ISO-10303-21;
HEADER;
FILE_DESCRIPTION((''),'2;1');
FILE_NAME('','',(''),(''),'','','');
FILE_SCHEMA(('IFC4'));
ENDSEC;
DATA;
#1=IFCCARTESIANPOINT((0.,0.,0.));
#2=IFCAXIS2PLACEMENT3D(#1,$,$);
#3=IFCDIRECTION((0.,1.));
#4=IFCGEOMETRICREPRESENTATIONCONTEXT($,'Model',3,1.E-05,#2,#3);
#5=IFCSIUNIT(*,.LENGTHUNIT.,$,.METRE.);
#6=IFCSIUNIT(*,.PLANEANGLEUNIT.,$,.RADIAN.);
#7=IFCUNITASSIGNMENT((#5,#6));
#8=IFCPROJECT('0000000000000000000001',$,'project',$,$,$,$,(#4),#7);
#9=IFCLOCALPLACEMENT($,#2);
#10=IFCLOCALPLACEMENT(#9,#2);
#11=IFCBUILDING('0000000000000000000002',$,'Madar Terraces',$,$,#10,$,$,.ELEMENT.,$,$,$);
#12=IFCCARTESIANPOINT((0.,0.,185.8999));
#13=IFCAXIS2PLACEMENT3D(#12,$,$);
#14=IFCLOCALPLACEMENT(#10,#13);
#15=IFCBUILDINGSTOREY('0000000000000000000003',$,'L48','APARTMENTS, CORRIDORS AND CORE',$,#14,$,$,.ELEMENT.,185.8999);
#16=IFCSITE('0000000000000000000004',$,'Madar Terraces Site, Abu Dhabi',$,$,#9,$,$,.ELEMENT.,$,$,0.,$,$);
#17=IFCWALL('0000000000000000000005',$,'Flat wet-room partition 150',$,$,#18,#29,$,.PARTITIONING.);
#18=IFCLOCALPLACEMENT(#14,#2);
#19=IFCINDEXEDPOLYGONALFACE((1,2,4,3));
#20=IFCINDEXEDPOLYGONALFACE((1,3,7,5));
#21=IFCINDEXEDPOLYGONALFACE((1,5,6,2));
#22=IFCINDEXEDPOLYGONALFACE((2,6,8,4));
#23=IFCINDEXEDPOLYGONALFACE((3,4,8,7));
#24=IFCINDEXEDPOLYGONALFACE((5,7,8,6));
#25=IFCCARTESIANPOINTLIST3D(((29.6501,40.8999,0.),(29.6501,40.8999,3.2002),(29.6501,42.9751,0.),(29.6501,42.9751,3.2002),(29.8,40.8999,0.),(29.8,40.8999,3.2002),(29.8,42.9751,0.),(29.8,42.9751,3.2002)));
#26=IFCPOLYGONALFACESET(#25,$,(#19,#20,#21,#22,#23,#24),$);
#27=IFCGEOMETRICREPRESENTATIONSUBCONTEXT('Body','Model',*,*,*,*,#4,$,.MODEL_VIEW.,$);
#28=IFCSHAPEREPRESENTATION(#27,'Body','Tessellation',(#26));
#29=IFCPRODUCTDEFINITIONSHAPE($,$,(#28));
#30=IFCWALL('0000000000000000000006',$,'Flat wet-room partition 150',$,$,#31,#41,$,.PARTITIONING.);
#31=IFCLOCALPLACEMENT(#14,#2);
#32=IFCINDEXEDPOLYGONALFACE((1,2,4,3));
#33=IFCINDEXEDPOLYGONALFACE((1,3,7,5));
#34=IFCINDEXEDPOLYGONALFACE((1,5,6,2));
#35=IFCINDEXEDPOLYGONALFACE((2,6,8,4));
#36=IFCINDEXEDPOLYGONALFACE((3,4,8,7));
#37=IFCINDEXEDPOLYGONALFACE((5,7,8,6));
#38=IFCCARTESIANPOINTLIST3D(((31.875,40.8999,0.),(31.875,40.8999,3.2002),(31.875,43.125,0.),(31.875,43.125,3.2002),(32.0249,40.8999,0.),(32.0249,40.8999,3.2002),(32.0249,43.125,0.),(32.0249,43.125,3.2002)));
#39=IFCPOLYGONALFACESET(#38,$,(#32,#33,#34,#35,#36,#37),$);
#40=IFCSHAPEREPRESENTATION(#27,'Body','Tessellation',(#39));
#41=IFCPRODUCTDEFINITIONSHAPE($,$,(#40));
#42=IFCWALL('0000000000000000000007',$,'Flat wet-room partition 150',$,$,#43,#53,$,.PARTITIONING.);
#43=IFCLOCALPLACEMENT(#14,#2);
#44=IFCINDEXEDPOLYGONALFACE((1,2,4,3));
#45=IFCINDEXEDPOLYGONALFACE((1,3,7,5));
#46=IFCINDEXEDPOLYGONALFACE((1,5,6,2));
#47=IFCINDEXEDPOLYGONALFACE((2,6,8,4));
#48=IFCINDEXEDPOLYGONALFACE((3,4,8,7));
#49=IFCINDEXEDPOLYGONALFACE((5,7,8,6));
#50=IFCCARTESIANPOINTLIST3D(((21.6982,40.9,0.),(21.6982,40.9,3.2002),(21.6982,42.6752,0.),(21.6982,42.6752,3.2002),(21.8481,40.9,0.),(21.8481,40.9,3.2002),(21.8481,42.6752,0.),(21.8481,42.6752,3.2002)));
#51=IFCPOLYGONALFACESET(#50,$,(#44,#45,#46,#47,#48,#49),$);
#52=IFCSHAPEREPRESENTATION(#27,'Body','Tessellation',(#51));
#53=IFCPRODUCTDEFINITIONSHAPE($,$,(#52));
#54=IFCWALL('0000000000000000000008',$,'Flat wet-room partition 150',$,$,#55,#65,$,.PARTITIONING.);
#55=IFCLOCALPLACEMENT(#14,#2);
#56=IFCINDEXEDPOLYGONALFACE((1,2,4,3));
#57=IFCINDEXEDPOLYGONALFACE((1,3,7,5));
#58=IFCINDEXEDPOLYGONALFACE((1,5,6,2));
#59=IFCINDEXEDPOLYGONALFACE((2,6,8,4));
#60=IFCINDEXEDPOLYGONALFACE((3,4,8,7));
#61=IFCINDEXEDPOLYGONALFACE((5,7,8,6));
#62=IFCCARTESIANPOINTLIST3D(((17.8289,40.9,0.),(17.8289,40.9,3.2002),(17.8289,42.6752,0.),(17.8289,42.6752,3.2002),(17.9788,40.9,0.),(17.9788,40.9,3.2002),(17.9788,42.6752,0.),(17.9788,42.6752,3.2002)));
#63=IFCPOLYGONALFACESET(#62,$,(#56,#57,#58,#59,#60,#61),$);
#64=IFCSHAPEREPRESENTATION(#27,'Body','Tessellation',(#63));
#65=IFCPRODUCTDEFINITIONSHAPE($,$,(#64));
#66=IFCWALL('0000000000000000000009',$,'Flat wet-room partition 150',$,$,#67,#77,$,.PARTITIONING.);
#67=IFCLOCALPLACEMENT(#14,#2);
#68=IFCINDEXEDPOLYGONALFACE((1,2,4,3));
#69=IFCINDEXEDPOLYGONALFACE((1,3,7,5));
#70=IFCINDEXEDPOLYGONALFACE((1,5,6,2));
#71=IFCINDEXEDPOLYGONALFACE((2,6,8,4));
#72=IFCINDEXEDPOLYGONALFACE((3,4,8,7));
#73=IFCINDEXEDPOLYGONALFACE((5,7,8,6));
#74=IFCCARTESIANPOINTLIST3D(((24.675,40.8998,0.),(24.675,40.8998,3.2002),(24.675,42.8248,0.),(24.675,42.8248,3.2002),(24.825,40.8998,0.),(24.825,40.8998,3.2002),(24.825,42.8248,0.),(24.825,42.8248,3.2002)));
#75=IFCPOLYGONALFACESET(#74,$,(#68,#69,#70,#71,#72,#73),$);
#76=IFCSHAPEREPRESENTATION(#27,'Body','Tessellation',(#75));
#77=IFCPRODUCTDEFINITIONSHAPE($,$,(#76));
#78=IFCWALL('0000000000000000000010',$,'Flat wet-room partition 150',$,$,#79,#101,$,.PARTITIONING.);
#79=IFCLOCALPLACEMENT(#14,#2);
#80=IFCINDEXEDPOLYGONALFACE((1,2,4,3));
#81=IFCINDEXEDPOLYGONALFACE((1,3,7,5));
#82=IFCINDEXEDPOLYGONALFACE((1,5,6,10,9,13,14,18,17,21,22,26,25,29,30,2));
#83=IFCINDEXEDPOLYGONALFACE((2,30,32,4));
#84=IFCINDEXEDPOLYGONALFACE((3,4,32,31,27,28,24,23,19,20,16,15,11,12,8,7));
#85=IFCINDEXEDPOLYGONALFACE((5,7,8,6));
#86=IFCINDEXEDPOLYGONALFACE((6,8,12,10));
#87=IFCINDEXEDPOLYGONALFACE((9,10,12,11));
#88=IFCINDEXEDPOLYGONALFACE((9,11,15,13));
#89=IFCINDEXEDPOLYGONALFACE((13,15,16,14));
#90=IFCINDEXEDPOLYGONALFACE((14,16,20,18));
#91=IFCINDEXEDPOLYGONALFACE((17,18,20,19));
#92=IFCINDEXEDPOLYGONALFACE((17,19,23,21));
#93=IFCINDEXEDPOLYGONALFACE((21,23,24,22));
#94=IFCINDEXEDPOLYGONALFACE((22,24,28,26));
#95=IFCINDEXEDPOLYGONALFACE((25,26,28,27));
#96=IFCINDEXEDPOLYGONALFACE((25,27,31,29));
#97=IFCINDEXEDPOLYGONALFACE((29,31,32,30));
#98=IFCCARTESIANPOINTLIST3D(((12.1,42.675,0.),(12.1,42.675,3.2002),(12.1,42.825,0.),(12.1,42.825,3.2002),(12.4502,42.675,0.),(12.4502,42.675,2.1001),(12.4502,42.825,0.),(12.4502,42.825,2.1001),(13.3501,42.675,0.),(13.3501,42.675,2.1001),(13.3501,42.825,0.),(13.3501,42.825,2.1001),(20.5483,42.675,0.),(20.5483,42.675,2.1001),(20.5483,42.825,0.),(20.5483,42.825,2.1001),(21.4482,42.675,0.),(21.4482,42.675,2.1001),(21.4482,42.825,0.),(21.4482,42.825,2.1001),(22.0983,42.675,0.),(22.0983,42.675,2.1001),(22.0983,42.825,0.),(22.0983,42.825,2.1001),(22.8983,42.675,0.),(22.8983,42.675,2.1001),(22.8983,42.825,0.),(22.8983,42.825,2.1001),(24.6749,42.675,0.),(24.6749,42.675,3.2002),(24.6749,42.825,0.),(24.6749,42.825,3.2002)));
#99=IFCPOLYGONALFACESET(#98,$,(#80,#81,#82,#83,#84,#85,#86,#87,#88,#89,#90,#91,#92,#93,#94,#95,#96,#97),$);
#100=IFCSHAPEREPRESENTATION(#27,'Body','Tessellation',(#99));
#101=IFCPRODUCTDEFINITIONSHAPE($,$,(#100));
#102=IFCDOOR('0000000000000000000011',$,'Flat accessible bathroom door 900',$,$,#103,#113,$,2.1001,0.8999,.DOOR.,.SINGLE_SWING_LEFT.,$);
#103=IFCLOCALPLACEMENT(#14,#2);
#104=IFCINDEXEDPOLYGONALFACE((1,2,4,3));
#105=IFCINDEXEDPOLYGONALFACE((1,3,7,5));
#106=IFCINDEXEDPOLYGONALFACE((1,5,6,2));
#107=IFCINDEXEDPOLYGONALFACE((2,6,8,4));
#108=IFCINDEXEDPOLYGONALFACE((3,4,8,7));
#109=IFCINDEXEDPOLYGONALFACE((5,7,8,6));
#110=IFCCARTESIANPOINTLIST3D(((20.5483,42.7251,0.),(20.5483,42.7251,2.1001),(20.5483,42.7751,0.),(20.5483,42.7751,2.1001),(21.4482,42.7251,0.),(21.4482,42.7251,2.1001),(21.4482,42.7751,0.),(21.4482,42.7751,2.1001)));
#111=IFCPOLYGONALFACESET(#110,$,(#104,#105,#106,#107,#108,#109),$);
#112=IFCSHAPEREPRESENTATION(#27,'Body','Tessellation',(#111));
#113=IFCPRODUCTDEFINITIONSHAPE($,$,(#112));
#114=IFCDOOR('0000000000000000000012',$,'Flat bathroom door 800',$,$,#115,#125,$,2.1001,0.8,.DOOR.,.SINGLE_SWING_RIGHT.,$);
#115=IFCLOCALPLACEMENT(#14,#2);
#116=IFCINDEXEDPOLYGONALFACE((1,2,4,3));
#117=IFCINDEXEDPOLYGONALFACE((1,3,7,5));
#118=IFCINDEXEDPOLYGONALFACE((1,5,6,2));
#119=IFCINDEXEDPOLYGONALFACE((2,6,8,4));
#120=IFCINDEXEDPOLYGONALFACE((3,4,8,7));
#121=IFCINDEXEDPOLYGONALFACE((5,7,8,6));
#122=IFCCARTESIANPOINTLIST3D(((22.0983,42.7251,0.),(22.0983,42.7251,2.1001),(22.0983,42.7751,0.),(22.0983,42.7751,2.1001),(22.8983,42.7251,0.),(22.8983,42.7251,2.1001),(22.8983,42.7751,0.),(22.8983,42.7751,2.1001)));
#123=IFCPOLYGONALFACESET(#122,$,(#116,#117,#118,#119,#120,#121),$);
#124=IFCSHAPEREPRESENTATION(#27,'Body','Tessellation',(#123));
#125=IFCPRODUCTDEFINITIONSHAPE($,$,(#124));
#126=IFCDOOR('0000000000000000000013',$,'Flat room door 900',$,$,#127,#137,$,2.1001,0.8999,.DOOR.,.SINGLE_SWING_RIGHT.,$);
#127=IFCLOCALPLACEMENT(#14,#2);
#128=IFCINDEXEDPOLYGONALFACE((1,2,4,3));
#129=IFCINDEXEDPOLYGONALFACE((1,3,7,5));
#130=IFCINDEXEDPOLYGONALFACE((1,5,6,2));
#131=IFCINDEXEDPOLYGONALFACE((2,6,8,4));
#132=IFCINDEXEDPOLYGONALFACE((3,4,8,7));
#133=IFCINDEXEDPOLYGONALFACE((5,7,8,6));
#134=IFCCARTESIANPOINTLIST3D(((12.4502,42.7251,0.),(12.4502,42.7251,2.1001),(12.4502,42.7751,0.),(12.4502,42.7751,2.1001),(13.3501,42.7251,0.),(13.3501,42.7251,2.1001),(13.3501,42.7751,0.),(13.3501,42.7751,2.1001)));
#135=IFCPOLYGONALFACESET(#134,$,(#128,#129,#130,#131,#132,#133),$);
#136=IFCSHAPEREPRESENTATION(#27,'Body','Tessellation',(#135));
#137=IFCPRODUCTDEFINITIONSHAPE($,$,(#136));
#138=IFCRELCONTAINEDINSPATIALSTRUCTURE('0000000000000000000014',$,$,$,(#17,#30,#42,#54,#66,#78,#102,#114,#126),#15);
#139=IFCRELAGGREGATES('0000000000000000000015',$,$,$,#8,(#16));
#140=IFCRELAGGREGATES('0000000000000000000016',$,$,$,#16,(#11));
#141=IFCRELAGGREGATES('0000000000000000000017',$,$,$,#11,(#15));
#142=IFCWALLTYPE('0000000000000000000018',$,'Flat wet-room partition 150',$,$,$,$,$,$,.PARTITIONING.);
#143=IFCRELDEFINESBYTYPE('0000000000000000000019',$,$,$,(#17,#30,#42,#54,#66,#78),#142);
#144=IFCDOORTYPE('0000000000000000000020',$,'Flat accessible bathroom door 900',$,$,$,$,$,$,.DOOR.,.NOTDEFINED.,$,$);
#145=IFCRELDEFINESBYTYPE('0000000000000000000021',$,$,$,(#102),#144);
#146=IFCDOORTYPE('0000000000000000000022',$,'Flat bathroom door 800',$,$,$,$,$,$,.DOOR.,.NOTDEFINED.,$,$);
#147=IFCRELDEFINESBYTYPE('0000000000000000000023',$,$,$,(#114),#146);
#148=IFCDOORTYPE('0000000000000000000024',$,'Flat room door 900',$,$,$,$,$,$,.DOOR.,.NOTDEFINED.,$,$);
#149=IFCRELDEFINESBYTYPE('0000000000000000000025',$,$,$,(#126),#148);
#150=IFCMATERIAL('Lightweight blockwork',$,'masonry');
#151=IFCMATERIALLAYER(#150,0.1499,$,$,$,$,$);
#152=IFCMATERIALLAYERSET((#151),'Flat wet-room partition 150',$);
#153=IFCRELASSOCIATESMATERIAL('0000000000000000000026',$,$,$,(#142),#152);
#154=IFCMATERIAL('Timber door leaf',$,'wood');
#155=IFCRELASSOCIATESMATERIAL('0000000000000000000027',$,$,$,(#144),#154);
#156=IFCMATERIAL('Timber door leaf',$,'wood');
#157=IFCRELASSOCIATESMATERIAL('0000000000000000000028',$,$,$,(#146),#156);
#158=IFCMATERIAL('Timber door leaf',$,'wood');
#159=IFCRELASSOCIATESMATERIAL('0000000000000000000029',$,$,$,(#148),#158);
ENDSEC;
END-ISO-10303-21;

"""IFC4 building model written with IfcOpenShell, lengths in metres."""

from ifc_helpers import new_model, si_unit, direction, frame, frame_2d, origin, place, context, subcontext, project, spatial, rectangle, extrude, material, layer, layer_set, type_object, element, fill, save


model = new_model("IFC4")

# Units and contexts
model_context = context("Model", 3, precision=1e-05, world=origin(), true_north=direction((0.0, 1.0)))
body_context = subcontext(model_context, "Body", "Model", "MODEL_VIEW")
ifc_project = project(units=[si_unit("LENGTHUNIT", "METRE"), si_unit("PLANEANGLEUNIT", "RADIAN")], contexts=[model_context])

# Site, building, storey
site_placement = place(None, origin())
site = spatial("IfcSite", under=ifc_project, at=site_placement, Name="Madar Terraces Site, Abu Dhabi", CompositionType="ELEMENT", RefElevation=0.0)
building_placement = place(site_placement, origin())
building = spatial("IfcBuilding", under=site, at=building_placement, Name="Madar Terraces", CompositionType="ELEMENT")
storey_placement = place(building_placement, frame((0.0, 0.0, 185.8999)))
storey = spatial("IfcBuildingStorey", under=building, at=storey_placement, Name="L48", Description="APARTMENTS, CORRIDORS AND CORE", CompositionType="ELEMENT", Elevation=185.8999)

# Walls
ifc_material_1 = material(Name="Lightweight blockwork", Category="masonry")
ifc_layer_1 = layer(ifc_material_1, 0.1499)
ifc_layer_set_1 = layer_set([ifc_layer_1], Name="Flat wet-room partition 150")
wall_type_1 = type_object("IfcWallType", Name="Flat wet-room partition 150", PredefinedType="PARTITIONING", material=ifc_layer_set_1)
wall_1_placement = place(storey_placement, frame((29.7251, 40.8999, 0.0), z_axis=(0.0, 0.0, 1.0), x_axis=(0.0, 1.0, 0.0)))
element("IfcWall", 1, at=wall_1_placement, inside=storey, type_object=wall_type_1, Name="Flat wet-room partition 150", PredefinedType="PARTITIONING", context=body_context, shape_type="SweptSolid", body=[
    extrude(rectangle(XDim=2.0752, YDim=0.1499, at=frame_2d((1.0376, 0.0))), origin(), (0.0, 0.0, 1.0), 3.2002),
])
wall_2_placement = place(storey_placement, frame((31.95, 40.8999, 0.0), z_axis=(0.0, 0.0, 1.0), x_axis=(0.0, 1.0, 0.0)))
element("IfcWall", 2, at=wall_2_placement, inside=storey, type_object=wall_type_1, Name="Flat wet-room partition 150", PredefinedType="PARTITIONING", context=body_context, shape_type="SweptSolid", body=[
    extrude(rectangle(XDim=2.2251, YDim=0.1499, at=frame_2d((1.1125, 0.0))), origin(), (0.0, 0.0, 1.0), 3.2002),
])
for number, where, z_axis, x_axis, name in (
    (3, (21.7732, 40.8999, 0.0), (0.0, 0.0, 1.0), (0.0, 1.0, 0.0), "Flat wet-room partition 150"),
    (4, (17.9038, 40.8999, 0.0), (0.0, 0.0, 1.0), (0.0, 1.0, 0.0), "Flat wet-room partition 150"),
):
    element("IfcWall", number, at=place(storey_placement, frame(where, z_axis=z_axis, x_axis=x_axis)), inside=storey, type_object=wall_type_1, Name=name, PredefinedType="PARTITIONING", context=body_context, shape_type="SweptSolid", body=[
        extrude(rectangle(XDim=1.7751, YDim=0.1499, at=frame_2d((0.8877, 0.0))), origin(), (0.0, 0.0, 1.0), 3.2002),
    ])
wall_3_placement = place(storey_placement, frame((24.75, 40.8999, 0.0), z_axis=(0.0, 0.0, 1.0), x_axis=(0.0, 1.0, 0.0)))
element("IfcWall", 5, at=wall_3_placement, inside=storey, type_object=wall_type_1, Name="Flat wet-room partition 150", PredefinedType="PARTITIONING", context=body_context, shape_type="SweptSolid", body=[
    extrude(rectangle(XDim=1.925, YDim=0.1499, at=frame_2d((0.9624, 0.0))), origin(), (0.0, 0.0, 1.0), 3.2002),
])

# Wall, openings, doors
wall_4_placement = place(storey_placement, frame((24.675, 42.75, 0.0), z_axis=(0.0, 0.0, 1.0), x_axis=(-1.0, 0.0, 0.0)))
wall_4 = element("IfcWall", 6, at=wall_4_placement, inside=storey, type_object=wall_type_1, Name="Flat wet-room partition 150", PredefinedType="PARTITIONING", context=body_context, shape_type="SweptSolid", body=[
    extrude(rectangle(XDim=12.575, YDim=0.1499, at=frame_2d((6.2876, 0.0))), origin(), (0.0, 0.0, 1.0), 3.2002),
])
opening_1_placement = place(wall_4_placement, frame((1.7769, 0.0, 0.0)))
opening_1 = element("IfcOpeningElement", 7, at=opening_1_placement, cuts=wall_4, PredefinedType="OPENING", context=body_context, shape_type="SweptSolid", body=[
    extrude(rectangle(XDim=0.8, YDim=2.1001, at=frame_2d((0.3999, 1.05))), frame((0.0, 0.085, 0.0), z_axis=(0.0, -1.0, 0.0), x_axis=(1.0, 0.0, 0.0)), (0.0, 0.0, 1.0), 0.1699),
])
opening_2_placement = place(wall_4_placement, frame((3.2268, 0.0, 0.0)))
opening_2 = element("IfcOpeningElement", 8, at=opening_2_placement, cuts=wall_4, PredefinedType="OPENING", context=body_context, shape_type="SweptSolid", body=[
    extrude(rectangle(XDim=0.8999, YDim=2.1001, at=frame_2d((0.45, 1.05))), frame((0.0, 0.085, 0.0), z_axis=(0.0, -1.0, 0.0), x_axis=(1.0, 0.0, 0.0)), (0.0, 0.0, 1.0), 0.1699),
])
opening_3_placement = place(wall_4_placement, frame((11.325, 0.0, 0.0)))
opening_3 = element("IfcOpeningElement", 9, at=opening_3_placement, cuts=wall_4, PredefinedType="OPENING", context=body_context, shape_type="SweptSolid", body=[
    extrude(rectangle(XDim=0.8999, YDim=2.1001, at=frame_2d((0.45, 1.05))), frame((0.0, 0.085, 0.0), z_axis=(0.0, -1.0, 0.0), x_axis=(1.0, 0.0, 0.0)), (0.0, 0.0, 1.0), 0.1699),
])
ifc_material_2 = material(Name="Timber door leaf", Category="wood")
door_type_1 = type_object("IfcDoorType", Name="Flat accessible bathroom door 900", OperationType="NOTDEFINED", PredefinedType="DOOR", material=ifc_material_2)
door_1_placement = place(opening_2_placement, origin())
door_1 = element("IfcDoor", 10, at=door_1_placement, inside=storey, type_object=door_type_1, Name="Flat accessible bathroom door 900", OperationType="SINGLE_SWING_LEFT", OverallHeight=2.1001, OverallWidth=0.8999, PredefinedType="DOOR", context=body_context, shape_type="SweptSolid", body=[
    extrude(rectangle(XDim=0.8999, YDim=2.1001, at=frame_2d((0.45, 1.05))), frame((0.0, 0.0249, 0.0), z_axis=(0.0, -1.0, 0.0), x_axis=(1.0, 0.0, 0.0)), (0.0, 0.0, 1.0), 0.05),
])
fill(opening_2, door_1)
ifc_material_3 = material(Name="Timber door leaf", Category="wood")
door_type_2 = type_object("IfcDoorType", Name="Flat bathroom door 800", OperationType="NOTDEFINED", PredefinedType="DOOR", material=ifc_material_3)
door_2_placement = place(opening_1_placement, origin())
door_2 = element("IfcDoor", 11, at=door_2_placement, inside=storey, type_object=door_type_2, Name="Flat bathroom door 800", OperationType="SINGLE_SWING_RIGHT", OverallHeight=2.1001, OverallWidth=0.8, PredefinedType="DOOR", context=body_context, shape_type="SweptSolid", body=[
    extrude(rectangle(XDim=0.8, YDim=2.1001, at=frame_2d((0.3999, 1.05))), frame((0.0, 0.0249, 0.0), z_axis=(0.0, -1.0, 0.0), x_axis=(1.0, 0.0, 0.0)), (0.0, 0.0, 1.0), 0.05),
])
fill(opening_1, door_2)
ifc_material_4 = material(Name="Timber door leaf", Category="wood")
door_type_3 = type_object("IfcDoorType", Name="Flat room door 900", OperationType="NOTDEFINED", PredefinedType="DOOR", material=ifc_material_4)
door_3_placement = place(opening_3_placement, origin())
door_3 = element("IfcDoor", 12, at=door_3_placement, inside=storey, type_object=door_type_3, Name="Flat room door 900", OperationType="SINGLE_SWING_RIGHT", OverallHeight=2.1001, OverallWidth=0.8999, PredefinedType="DOOR", context=body_context, shape_type="SweptSolid", body=[
    extrude(rectangle(XDim=0.8999, YDim=2.1001, at=frame_2d((0.45, 1.05))), frame((0.0, 0.0249, 0.0), z_axis=(0.0, -1.0, 0.0), x_axis=(1.0, 0.0, 0.0)), (0.0, 0.0, 1.0), 0.05),
])
fill(opening_3, door_3)

save(model, "model.ifc")
